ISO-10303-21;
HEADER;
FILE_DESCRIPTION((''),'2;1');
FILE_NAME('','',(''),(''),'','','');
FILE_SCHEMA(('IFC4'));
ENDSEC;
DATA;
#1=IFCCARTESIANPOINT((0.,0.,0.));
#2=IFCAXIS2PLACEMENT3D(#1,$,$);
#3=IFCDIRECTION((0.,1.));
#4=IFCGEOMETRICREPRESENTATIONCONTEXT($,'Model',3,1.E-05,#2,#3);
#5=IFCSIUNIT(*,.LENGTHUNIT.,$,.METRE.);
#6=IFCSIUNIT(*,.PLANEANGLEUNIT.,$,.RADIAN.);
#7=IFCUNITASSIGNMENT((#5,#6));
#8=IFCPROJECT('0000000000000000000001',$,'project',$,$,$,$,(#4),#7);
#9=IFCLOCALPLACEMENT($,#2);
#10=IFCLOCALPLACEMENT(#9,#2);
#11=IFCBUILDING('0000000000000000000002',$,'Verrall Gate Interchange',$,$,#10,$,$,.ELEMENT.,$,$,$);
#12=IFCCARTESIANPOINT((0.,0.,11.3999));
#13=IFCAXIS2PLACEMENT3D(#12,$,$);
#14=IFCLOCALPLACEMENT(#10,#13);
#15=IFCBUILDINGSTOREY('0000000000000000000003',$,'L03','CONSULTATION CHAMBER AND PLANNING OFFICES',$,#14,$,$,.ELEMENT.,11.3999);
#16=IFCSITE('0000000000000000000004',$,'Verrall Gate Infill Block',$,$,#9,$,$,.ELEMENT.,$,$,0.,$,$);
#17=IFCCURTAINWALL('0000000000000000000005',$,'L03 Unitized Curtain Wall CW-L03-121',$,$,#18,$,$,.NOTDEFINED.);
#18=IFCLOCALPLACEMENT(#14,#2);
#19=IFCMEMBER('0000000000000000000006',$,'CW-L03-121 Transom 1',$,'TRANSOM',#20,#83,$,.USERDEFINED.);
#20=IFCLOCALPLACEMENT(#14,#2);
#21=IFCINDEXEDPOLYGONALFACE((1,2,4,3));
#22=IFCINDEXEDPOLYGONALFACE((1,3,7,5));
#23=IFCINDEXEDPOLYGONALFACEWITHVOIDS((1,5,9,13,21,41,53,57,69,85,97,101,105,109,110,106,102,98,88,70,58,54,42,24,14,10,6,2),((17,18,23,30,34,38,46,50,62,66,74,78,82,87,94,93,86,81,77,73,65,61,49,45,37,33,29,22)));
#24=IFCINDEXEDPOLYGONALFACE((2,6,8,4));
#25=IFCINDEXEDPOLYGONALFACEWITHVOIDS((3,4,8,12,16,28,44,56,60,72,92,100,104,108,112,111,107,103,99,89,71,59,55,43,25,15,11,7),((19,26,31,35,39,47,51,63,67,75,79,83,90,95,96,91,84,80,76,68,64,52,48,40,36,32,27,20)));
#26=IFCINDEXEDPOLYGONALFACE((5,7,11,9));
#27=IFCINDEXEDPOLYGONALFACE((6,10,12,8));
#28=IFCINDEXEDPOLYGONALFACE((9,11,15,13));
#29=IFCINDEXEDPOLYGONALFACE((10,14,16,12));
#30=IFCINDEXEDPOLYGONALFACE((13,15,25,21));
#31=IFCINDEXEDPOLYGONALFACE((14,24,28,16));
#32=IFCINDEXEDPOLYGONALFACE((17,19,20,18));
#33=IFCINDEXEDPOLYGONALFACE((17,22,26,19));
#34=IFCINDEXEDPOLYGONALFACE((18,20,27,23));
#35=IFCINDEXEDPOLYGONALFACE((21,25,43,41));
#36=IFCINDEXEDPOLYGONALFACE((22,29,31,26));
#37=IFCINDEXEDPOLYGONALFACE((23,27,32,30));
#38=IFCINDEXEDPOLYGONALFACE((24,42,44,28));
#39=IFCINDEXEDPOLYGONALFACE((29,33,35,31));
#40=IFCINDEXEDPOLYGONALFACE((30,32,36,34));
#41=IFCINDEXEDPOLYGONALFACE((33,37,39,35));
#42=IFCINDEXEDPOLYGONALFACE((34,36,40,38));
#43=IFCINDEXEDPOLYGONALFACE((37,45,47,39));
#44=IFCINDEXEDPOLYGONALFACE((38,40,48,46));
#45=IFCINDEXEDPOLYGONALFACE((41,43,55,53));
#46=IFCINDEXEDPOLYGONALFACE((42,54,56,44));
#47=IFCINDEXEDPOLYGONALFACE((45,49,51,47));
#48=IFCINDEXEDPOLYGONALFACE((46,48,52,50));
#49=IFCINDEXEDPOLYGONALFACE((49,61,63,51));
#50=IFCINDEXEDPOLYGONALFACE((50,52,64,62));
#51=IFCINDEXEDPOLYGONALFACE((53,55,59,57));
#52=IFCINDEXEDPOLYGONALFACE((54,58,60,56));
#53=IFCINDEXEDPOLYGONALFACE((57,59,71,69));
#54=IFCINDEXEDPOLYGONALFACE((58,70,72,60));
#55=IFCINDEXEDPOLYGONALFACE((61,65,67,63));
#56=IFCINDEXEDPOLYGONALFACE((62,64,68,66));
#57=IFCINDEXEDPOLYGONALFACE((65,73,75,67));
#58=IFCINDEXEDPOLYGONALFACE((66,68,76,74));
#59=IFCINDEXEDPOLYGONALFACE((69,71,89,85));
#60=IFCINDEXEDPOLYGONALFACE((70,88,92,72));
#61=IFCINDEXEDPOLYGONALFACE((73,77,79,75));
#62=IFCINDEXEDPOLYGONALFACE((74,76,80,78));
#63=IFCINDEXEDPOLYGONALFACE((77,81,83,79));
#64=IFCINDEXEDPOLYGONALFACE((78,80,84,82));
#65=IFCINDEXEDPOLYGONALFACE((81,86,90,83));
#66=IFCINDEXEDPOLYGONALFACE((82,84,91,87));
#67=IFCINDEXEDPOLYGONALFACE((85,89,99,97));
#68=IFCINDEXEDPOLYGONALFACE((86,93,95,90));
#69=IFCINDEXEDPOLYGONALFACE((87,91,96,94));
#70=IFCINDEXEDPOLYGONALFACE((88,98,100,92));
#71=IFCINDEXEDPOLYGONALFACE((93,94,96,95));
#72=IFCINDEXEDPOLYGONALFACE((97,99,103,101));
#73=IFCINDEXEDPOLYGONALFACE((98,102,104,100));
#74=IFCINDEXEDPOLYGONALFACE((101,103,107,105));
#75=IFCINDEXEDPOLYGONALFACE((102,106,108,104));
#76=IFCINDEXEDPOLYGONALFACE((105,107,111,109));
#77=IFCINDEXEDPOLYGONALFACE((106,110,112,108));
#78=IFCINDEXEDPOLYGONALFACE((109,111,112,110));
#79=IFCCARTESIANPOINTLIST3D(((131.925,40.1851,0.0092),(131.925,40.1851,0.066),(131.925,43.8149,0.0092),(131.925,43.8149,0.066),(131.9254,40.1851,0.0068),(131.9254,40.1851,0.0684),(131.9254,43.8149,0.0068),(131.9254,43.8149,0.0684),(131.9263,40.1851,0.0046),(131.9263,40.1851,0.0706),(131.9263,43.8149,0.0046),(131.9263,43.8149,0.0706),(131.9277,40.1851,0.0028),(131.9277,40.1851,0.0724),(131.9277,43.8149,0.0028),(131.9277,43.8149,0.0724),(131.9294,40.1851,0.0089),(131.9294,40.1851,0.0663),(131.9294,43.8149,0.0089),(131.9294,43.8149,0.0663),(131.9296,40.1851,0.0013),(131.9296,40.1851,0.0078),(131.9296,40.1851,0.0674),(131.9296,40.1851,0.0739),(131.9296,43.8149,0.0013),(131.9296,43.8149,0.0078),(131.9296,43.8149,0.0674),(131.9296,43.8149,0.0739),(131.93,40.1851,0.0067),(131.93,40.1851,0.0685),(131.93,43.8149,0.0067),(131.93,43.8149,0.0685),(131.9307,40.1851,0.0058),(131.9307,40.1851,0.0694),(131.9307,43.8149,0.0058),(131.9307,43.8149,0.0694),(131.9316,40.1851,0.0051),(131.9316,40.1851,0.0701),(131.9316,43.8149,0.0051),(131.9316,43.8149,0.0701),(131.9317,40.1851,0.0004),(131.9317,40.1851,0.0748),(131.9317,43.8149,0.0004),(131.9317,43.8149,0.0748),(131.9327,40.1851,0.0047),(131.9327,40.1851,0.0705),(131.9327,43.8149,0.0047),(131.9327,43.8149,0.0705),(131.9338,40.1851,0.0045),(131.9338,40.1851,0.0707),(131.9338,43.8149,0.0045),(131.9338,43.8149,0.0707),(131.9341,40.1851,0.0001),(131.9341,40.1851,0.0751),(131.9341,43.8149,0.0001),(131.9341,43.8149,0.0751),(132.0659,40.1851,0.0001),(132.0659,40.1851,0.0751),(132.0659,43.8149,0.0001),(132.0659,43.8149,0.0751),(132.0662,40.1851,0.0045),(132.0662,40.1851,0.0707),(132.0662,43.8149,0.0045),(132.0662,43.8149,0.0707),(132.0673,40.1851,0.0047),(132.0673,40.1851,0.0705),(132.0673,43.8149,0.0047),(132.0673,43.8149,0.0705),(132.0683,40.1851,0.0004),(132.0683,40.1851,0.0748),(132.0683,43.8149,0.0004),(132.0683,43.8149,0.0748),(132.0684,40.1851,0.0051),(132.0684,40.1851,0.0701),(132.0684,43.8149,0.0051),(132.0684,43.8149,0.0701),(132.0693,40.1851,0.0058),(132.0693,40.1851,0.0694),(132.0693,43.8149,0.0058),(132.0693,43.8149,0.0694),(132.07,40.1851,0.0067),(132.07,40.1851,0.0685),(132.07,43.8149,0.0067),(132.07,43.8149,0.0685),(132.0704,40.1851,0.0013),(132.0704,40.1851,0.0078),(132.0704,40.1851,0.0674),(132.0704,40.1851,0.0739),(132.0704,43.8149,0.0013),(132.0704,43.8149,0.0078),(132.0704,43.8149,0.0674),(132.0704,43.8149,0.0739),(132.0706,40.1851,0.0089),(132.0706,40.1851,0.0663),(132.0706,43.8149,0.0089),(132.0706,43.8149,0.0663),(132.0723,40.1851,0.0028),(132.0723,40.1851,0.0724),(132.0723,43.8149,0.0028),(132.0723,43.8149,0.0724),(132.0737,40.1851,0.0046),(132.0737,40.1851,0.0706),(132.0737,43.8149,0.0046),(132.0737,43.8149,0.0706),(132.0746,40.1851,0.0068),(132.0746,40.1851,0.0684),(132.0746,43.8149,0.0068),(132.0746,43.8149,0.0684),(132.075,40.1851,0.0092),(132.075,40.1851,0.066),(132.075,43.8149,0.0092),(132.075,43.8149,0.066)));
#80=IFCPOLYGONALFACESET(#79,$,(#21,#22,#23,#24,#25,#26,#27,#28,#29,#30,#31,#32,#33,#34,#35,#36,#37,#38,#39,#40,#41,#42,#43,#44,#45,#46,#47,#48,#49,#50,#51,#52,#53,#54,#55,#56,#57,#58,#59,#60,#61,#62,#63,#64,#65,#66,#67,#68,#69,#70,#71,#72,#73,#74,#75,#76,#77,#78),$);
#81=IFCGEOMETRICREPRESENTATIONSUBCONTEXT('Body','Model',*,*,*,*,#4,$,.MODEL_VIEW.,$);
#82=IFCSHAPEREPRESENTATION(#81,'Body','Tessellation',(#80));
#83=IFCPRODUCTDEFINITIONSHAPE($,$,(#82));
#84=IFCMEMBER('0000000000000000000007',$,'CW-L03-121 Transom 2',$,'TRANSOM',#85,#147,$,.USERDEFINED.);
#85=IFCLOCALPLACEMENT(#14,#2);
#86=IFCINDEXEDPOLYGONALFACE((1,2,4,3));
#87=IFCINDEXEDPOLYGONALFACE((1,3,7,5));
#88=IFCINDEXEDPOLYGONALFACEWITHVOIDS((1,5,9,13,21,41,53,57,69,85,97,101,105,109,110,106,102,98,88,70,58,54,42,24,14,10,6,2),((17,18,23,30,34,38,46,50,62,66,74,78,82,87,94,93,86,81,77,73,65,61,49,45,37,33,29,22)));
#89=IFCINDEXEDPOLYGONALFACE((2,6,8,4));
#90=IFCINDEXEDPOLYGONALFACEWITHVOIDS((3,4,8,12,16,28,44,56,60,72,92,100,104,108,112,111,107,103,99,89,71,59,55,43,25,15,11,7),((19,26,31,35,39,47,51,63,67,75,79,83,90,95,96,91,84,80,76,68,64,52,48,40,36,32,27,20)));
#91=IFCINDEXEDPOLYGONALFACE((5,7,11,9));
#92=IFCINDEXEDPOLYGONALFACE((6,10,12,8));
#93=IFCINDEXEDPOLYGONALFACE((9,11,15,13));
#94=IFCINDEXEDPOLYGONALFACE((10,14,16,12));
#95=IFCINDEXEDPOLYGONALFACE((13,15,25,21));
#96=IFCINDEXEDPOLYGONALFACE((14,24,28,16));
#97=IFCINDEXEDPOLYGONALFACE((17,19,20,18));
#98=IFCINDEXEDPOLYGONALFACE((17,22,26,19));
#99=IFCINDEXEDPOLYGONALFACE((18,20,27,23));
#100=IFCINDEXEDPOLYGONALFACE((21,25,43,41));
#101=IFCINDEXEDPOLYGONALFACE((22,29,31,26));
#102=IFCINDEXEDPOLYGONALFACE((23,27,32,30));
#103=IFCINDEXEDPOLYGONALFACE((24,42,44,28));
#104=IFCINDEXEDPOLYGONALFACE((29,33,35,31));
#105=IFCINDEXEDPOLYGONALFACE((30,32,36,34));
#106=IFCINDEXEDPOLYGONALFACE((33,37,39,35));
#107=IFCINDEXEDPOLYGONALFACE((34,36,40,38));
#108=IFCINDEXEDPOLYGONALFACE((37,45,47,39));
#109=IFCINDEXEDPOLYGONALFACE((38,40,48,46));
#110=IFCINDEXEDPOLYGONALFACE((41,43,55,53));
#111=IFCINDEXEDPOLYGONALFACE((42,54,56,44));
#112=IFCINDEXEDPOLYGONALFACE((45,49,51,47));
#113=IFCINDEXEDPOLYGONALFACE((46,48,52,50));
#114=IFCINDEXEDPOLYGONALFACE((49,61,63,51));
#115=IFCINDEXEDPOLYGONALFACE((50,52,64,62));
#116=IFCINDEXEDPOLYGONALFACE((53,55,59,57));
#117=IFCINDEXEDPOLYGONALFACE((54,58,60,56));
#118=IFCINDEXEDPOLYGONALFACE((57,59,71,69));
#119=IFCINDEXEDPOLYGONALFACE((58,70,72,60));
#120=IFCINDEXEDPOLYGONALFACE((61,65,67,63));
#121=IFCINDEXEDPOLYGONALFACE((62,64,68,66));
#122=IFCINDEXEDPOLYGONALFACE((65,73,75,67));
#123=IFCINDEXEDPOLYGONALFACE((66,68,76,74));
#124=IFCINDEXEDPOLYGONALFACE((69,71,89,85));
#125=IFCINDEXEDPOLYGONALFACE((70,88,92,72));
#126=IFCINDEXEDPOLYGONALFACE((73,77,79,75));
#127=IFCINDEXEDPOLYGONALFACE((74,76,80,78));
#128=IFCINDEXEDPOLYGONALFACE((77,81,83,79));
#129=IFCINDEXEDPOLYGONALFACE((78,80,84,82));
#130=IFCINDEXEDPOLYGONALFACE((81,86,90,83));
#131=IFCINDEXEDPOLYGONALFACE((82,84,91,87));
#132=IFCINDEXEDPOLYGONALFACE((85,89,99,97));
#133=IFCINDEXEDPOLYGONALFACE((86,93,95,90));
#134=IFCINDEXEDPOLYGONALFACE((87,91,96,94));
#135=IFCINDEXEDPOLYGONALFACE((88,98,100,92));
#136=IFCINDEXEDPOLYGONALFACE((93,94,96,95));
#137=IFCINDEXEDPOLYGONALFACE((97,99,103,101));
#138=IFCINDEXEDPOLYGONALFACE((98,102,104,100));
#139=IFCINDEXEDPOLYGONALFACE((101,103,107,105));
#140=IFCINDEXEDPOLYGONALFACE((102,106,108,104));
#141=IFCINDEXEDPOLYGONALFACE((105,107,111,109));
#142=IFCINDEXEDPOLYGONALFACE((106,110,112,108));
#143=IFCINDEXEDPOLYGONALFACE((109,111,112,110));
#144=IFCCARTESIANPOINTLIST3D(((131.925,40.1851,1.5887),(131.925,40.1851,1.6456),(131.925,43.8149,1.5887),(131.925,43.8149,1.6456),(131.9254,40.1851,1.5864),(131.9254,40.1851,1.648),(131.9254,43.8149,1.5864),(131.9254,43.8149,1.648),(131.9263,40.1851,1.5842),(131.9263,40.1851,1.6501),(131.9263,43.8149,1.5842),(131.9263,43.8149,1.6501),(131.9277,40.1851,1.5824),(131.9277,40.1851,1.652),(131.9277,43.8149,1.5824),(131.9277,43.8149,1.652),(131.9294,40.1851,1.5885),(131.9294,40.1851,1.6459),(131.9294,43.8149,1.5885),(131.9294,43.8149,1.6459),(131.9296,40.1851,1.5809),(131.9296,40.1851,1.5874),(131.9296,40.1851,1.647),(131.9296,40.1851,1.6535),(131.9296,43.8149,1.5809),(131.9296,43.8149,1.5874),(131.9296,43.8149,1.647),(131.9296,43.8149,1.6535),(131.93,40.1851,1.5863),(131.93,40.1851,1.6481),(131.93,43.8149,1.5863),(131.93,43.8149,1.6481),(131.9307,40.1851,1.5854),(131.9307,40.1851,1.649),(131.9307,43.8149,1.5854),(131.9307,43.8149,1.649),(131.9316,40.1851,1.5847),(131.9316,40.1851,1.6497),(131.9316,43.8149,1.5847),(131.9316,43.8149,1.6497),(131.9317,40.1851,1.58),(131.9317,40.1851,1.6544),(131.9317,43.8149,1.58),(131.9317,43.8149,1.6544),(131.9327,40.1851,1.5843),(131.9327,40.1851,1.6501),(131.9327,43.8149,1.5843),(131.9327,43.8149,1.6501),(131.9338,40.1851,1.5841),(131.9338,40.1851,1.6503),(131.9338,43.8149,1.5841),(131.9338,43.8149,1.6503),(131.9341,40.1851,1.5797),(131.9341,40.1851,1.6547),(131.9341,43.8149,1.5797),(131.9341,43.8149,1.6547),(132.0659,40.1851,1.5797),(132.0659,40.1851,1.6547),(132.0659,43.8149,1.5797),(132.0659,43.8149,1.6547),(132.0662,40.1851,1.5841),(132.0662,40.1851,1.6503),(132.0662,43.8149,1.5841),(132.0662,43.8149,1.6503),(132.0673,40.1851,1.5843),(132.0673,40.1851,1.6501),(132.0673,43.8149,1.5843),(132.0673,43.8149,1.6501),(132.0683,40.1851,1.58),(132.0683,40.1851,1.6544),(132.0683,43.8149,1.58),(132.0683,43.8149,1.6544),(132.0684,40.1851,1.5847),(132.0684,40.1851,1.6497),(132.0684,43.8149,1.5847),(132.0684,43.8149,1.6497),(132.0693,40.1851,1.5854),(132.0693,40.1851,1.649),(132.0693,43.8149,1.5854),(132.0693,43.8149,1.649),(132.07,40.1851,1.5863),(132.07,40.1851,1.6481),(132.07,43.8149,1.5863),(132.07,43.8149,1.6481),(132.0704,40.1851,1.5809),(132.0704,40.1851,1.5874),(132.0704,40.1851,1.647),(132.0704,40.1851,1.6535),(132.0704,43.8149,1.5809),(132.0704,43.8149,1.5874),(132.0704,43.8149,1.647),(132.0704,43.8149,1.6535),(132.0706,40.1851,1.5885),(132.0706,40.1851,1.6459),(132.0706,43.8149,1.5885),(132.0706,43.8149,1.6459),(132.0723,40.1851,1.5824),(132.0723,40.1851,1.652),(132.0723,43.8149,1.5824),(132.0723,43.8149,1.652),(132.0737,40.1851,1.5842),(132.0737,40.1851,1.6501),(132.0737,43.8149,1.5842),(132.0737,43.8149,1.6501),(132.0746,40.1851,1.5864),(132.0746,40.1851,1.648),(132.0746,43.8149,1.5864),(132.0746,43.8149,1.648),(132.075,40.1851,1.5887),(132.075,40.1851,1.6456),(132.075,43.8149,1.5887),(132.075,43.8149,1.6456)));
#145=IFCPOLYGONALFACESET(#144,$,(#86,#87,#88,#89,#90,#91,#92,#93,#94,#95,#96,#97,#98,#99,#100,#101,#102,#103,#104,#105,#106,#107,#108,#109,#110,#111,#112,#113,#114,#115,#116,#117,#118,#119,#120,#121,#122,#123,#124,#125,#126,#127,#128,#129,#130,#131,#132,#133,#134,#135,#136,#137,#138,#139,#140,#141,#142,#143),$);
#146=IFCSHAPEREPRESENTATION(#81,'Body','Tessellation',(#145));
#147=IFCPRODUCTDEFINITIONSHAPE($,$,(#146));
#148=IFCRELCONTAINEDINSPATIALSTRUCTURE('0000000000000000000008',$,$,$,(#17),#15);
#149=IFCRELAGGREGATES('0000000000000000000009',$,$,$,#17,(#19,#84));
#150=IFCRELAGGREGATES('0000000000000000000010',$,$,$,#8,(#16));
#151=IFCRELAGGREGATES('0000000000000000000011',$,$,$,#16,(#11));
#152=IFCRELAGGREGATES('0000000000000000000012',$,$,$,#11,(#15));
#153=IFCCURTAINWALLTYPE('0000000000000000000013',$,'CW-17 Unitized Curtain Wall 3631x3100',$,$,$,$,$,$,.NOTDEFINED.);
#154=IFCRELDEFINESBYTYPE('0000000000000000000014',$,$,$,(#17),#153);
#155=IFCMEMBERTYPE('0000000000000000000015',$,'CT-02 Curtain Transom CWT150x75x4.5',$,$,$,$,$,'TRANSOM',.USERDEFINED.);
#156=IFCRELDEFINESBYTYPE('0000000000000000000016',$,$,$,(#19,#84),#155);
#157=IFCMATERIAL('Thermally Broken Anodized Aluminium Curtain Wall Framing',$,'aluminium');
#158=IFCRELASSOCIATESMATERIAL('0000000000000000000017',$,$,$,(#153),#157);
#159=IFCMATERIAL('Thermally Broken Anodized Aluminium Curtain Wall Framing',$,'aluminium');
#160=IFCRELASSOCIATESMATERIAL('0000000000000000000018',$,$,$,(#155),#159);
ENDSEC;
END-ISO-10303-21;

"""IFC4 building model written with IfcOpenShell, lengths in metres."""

from ifc_helpers import new_model, si_unit, direction, frame, origin, origin_2d, place, context, subcontext, project, spatial, hollow_rectangle, extrude, material, material_profile, profile_set, type_object, element, aggregate, save


model = new_model("IFC4")

# Units and contexts
model_context = context("Model", 3, precision=1e-05, world=origin(), true_north=direction((0.0, 1.0)))
body_context = subcontext(model_context, "Body", "Model", "MODEL_VIEW")
ifc_project = project(units=[si_unit("LENGTHUNIT", "METRE"), si_unit("PLANEANGLEUNIT", "RADIAN")], contexts=[model_context])

# Site, building, storey
site_placement = place(None, origin())
site = spatial("IfcSite", under=ifc_project, at=site_placement, Name="Verrall Gate Infill Block", CompositionType="ELEMENT", RefElevation=0.0)
building_placement = place(site_placement, origin())
building = spatial("IfcBuilding", under=site, at=building_placement, Name="Verrall Gate Interchange", CompositionType="ELEMENT")
storey_placement = place(building_placement, frame((0.0, 0.0, 11.3999)))
storey = spatial("IfcBuildingStorey", under=building, at=storey_placement, Name="L03", Description="CONSULTATION CHAMBER AND PLANNING OFFICES", CompositionType="ELEMENT", Elevation=11.3999)

# Curtain wall
ifc_material_1 = material(Name="Thermally Broken Anodized Aluminium Curtain Wall Framing", Category="aluminium")
curtain_wall_type_1 = type_object("IfcCurtainWallType", Name="CW-17 Unitized Curtain Wall 3631x3100", PredefinedType="NOTDEFINED", material=ifc_material_1)
curtain_wall_1_placement = place(storey_placement, origin())
curtain_wall_1 = element("IfcCurtainWall", 1, at=curtain_wall_1_placement, inside=storey, type_object=curtain_wall_type_1, Name="L03 Unitized Curtain Wall CW-L03-121", PredefinedType="NOTDEFINED")

# Members
ifc_material_2 = material(Name="Thermally Broken Anodized Aluminium Curtain Wall Framing", Category="aluminium")
ifc_material_profile_1 = material_profile(ifc_material_2, hollow_rectangle(XDim=0.1499, YDim=0.075, WallThickness=0.0044, InnerFilletRadius=0.0044, OuterFilletRadius=0.009, at=origin_2d()), Name="CWT150x75x4.5")
ifc_profile_set_1 = profile_set([ifc_material_profile_1], Name="Thermally Broken Anodized Aluminium Curtain Wall Framing")
member_type_1 = type_object("IfcMemberType", Name="CT-02 Curtain Transom CWT150x75x4.5", ElementType="TRANSOM", PredefinedType="USERDEFINED", material=ifc_profile_set_1)
member_1_placement = place(storey_placement, frame((132.0, 43.8149, 0.0376), z_axis=(0.0, -1.0, 0.0), x_axis=(1.0, 0.0, 0.0)))
member_1 = element("IfcMember", 2, at=member_1_placement, type_object=member_type_1, Name="CW-L03-121 Transom 1", ObjectType="TRANSOM", PredefinedType="USERDEFINED", context=body_context, shape_type="SweptSolid", body=[
    extrude(hollow_rectangle(XDim=0.1499, YDim=0.075, WallThickness=0.0044, InnerFilletRadius=0.0044, OuterFilletRadius=0.009, at=origin_2d()), origin(), (0.0, 0.0, 1.0), 3.6299),
])
member_2_placement = place(storey_placement, frame((132.0, 43.8149, 1.6172), z_axis=(0.0, -1.0, 0.0), x_axis=(1.0, 0.0, 0.0)))
member_2 = element("IfcMember", 3, at=member_2_placement, type_object=member_type_1, Name="CW-L03-121 Transom 2", ObjectType="TRANSOM", PredefinedType="USERDEFINED", context=body_context, shape_type="SweptSolid", body=[
    extrude(hollow_rectangle(XDim=0.1499, YDim=0.075, WallThickness=0.0044, InnerFilletRadius=0.0044, OuterFilletRadius=0.009, at=origin_2d()), origin(), (0.0, 0.0, 1.0), 3.6299),
])

aggregate(curtain_wall_1, [member_1, member_2])

save(model, "model.ifc")
